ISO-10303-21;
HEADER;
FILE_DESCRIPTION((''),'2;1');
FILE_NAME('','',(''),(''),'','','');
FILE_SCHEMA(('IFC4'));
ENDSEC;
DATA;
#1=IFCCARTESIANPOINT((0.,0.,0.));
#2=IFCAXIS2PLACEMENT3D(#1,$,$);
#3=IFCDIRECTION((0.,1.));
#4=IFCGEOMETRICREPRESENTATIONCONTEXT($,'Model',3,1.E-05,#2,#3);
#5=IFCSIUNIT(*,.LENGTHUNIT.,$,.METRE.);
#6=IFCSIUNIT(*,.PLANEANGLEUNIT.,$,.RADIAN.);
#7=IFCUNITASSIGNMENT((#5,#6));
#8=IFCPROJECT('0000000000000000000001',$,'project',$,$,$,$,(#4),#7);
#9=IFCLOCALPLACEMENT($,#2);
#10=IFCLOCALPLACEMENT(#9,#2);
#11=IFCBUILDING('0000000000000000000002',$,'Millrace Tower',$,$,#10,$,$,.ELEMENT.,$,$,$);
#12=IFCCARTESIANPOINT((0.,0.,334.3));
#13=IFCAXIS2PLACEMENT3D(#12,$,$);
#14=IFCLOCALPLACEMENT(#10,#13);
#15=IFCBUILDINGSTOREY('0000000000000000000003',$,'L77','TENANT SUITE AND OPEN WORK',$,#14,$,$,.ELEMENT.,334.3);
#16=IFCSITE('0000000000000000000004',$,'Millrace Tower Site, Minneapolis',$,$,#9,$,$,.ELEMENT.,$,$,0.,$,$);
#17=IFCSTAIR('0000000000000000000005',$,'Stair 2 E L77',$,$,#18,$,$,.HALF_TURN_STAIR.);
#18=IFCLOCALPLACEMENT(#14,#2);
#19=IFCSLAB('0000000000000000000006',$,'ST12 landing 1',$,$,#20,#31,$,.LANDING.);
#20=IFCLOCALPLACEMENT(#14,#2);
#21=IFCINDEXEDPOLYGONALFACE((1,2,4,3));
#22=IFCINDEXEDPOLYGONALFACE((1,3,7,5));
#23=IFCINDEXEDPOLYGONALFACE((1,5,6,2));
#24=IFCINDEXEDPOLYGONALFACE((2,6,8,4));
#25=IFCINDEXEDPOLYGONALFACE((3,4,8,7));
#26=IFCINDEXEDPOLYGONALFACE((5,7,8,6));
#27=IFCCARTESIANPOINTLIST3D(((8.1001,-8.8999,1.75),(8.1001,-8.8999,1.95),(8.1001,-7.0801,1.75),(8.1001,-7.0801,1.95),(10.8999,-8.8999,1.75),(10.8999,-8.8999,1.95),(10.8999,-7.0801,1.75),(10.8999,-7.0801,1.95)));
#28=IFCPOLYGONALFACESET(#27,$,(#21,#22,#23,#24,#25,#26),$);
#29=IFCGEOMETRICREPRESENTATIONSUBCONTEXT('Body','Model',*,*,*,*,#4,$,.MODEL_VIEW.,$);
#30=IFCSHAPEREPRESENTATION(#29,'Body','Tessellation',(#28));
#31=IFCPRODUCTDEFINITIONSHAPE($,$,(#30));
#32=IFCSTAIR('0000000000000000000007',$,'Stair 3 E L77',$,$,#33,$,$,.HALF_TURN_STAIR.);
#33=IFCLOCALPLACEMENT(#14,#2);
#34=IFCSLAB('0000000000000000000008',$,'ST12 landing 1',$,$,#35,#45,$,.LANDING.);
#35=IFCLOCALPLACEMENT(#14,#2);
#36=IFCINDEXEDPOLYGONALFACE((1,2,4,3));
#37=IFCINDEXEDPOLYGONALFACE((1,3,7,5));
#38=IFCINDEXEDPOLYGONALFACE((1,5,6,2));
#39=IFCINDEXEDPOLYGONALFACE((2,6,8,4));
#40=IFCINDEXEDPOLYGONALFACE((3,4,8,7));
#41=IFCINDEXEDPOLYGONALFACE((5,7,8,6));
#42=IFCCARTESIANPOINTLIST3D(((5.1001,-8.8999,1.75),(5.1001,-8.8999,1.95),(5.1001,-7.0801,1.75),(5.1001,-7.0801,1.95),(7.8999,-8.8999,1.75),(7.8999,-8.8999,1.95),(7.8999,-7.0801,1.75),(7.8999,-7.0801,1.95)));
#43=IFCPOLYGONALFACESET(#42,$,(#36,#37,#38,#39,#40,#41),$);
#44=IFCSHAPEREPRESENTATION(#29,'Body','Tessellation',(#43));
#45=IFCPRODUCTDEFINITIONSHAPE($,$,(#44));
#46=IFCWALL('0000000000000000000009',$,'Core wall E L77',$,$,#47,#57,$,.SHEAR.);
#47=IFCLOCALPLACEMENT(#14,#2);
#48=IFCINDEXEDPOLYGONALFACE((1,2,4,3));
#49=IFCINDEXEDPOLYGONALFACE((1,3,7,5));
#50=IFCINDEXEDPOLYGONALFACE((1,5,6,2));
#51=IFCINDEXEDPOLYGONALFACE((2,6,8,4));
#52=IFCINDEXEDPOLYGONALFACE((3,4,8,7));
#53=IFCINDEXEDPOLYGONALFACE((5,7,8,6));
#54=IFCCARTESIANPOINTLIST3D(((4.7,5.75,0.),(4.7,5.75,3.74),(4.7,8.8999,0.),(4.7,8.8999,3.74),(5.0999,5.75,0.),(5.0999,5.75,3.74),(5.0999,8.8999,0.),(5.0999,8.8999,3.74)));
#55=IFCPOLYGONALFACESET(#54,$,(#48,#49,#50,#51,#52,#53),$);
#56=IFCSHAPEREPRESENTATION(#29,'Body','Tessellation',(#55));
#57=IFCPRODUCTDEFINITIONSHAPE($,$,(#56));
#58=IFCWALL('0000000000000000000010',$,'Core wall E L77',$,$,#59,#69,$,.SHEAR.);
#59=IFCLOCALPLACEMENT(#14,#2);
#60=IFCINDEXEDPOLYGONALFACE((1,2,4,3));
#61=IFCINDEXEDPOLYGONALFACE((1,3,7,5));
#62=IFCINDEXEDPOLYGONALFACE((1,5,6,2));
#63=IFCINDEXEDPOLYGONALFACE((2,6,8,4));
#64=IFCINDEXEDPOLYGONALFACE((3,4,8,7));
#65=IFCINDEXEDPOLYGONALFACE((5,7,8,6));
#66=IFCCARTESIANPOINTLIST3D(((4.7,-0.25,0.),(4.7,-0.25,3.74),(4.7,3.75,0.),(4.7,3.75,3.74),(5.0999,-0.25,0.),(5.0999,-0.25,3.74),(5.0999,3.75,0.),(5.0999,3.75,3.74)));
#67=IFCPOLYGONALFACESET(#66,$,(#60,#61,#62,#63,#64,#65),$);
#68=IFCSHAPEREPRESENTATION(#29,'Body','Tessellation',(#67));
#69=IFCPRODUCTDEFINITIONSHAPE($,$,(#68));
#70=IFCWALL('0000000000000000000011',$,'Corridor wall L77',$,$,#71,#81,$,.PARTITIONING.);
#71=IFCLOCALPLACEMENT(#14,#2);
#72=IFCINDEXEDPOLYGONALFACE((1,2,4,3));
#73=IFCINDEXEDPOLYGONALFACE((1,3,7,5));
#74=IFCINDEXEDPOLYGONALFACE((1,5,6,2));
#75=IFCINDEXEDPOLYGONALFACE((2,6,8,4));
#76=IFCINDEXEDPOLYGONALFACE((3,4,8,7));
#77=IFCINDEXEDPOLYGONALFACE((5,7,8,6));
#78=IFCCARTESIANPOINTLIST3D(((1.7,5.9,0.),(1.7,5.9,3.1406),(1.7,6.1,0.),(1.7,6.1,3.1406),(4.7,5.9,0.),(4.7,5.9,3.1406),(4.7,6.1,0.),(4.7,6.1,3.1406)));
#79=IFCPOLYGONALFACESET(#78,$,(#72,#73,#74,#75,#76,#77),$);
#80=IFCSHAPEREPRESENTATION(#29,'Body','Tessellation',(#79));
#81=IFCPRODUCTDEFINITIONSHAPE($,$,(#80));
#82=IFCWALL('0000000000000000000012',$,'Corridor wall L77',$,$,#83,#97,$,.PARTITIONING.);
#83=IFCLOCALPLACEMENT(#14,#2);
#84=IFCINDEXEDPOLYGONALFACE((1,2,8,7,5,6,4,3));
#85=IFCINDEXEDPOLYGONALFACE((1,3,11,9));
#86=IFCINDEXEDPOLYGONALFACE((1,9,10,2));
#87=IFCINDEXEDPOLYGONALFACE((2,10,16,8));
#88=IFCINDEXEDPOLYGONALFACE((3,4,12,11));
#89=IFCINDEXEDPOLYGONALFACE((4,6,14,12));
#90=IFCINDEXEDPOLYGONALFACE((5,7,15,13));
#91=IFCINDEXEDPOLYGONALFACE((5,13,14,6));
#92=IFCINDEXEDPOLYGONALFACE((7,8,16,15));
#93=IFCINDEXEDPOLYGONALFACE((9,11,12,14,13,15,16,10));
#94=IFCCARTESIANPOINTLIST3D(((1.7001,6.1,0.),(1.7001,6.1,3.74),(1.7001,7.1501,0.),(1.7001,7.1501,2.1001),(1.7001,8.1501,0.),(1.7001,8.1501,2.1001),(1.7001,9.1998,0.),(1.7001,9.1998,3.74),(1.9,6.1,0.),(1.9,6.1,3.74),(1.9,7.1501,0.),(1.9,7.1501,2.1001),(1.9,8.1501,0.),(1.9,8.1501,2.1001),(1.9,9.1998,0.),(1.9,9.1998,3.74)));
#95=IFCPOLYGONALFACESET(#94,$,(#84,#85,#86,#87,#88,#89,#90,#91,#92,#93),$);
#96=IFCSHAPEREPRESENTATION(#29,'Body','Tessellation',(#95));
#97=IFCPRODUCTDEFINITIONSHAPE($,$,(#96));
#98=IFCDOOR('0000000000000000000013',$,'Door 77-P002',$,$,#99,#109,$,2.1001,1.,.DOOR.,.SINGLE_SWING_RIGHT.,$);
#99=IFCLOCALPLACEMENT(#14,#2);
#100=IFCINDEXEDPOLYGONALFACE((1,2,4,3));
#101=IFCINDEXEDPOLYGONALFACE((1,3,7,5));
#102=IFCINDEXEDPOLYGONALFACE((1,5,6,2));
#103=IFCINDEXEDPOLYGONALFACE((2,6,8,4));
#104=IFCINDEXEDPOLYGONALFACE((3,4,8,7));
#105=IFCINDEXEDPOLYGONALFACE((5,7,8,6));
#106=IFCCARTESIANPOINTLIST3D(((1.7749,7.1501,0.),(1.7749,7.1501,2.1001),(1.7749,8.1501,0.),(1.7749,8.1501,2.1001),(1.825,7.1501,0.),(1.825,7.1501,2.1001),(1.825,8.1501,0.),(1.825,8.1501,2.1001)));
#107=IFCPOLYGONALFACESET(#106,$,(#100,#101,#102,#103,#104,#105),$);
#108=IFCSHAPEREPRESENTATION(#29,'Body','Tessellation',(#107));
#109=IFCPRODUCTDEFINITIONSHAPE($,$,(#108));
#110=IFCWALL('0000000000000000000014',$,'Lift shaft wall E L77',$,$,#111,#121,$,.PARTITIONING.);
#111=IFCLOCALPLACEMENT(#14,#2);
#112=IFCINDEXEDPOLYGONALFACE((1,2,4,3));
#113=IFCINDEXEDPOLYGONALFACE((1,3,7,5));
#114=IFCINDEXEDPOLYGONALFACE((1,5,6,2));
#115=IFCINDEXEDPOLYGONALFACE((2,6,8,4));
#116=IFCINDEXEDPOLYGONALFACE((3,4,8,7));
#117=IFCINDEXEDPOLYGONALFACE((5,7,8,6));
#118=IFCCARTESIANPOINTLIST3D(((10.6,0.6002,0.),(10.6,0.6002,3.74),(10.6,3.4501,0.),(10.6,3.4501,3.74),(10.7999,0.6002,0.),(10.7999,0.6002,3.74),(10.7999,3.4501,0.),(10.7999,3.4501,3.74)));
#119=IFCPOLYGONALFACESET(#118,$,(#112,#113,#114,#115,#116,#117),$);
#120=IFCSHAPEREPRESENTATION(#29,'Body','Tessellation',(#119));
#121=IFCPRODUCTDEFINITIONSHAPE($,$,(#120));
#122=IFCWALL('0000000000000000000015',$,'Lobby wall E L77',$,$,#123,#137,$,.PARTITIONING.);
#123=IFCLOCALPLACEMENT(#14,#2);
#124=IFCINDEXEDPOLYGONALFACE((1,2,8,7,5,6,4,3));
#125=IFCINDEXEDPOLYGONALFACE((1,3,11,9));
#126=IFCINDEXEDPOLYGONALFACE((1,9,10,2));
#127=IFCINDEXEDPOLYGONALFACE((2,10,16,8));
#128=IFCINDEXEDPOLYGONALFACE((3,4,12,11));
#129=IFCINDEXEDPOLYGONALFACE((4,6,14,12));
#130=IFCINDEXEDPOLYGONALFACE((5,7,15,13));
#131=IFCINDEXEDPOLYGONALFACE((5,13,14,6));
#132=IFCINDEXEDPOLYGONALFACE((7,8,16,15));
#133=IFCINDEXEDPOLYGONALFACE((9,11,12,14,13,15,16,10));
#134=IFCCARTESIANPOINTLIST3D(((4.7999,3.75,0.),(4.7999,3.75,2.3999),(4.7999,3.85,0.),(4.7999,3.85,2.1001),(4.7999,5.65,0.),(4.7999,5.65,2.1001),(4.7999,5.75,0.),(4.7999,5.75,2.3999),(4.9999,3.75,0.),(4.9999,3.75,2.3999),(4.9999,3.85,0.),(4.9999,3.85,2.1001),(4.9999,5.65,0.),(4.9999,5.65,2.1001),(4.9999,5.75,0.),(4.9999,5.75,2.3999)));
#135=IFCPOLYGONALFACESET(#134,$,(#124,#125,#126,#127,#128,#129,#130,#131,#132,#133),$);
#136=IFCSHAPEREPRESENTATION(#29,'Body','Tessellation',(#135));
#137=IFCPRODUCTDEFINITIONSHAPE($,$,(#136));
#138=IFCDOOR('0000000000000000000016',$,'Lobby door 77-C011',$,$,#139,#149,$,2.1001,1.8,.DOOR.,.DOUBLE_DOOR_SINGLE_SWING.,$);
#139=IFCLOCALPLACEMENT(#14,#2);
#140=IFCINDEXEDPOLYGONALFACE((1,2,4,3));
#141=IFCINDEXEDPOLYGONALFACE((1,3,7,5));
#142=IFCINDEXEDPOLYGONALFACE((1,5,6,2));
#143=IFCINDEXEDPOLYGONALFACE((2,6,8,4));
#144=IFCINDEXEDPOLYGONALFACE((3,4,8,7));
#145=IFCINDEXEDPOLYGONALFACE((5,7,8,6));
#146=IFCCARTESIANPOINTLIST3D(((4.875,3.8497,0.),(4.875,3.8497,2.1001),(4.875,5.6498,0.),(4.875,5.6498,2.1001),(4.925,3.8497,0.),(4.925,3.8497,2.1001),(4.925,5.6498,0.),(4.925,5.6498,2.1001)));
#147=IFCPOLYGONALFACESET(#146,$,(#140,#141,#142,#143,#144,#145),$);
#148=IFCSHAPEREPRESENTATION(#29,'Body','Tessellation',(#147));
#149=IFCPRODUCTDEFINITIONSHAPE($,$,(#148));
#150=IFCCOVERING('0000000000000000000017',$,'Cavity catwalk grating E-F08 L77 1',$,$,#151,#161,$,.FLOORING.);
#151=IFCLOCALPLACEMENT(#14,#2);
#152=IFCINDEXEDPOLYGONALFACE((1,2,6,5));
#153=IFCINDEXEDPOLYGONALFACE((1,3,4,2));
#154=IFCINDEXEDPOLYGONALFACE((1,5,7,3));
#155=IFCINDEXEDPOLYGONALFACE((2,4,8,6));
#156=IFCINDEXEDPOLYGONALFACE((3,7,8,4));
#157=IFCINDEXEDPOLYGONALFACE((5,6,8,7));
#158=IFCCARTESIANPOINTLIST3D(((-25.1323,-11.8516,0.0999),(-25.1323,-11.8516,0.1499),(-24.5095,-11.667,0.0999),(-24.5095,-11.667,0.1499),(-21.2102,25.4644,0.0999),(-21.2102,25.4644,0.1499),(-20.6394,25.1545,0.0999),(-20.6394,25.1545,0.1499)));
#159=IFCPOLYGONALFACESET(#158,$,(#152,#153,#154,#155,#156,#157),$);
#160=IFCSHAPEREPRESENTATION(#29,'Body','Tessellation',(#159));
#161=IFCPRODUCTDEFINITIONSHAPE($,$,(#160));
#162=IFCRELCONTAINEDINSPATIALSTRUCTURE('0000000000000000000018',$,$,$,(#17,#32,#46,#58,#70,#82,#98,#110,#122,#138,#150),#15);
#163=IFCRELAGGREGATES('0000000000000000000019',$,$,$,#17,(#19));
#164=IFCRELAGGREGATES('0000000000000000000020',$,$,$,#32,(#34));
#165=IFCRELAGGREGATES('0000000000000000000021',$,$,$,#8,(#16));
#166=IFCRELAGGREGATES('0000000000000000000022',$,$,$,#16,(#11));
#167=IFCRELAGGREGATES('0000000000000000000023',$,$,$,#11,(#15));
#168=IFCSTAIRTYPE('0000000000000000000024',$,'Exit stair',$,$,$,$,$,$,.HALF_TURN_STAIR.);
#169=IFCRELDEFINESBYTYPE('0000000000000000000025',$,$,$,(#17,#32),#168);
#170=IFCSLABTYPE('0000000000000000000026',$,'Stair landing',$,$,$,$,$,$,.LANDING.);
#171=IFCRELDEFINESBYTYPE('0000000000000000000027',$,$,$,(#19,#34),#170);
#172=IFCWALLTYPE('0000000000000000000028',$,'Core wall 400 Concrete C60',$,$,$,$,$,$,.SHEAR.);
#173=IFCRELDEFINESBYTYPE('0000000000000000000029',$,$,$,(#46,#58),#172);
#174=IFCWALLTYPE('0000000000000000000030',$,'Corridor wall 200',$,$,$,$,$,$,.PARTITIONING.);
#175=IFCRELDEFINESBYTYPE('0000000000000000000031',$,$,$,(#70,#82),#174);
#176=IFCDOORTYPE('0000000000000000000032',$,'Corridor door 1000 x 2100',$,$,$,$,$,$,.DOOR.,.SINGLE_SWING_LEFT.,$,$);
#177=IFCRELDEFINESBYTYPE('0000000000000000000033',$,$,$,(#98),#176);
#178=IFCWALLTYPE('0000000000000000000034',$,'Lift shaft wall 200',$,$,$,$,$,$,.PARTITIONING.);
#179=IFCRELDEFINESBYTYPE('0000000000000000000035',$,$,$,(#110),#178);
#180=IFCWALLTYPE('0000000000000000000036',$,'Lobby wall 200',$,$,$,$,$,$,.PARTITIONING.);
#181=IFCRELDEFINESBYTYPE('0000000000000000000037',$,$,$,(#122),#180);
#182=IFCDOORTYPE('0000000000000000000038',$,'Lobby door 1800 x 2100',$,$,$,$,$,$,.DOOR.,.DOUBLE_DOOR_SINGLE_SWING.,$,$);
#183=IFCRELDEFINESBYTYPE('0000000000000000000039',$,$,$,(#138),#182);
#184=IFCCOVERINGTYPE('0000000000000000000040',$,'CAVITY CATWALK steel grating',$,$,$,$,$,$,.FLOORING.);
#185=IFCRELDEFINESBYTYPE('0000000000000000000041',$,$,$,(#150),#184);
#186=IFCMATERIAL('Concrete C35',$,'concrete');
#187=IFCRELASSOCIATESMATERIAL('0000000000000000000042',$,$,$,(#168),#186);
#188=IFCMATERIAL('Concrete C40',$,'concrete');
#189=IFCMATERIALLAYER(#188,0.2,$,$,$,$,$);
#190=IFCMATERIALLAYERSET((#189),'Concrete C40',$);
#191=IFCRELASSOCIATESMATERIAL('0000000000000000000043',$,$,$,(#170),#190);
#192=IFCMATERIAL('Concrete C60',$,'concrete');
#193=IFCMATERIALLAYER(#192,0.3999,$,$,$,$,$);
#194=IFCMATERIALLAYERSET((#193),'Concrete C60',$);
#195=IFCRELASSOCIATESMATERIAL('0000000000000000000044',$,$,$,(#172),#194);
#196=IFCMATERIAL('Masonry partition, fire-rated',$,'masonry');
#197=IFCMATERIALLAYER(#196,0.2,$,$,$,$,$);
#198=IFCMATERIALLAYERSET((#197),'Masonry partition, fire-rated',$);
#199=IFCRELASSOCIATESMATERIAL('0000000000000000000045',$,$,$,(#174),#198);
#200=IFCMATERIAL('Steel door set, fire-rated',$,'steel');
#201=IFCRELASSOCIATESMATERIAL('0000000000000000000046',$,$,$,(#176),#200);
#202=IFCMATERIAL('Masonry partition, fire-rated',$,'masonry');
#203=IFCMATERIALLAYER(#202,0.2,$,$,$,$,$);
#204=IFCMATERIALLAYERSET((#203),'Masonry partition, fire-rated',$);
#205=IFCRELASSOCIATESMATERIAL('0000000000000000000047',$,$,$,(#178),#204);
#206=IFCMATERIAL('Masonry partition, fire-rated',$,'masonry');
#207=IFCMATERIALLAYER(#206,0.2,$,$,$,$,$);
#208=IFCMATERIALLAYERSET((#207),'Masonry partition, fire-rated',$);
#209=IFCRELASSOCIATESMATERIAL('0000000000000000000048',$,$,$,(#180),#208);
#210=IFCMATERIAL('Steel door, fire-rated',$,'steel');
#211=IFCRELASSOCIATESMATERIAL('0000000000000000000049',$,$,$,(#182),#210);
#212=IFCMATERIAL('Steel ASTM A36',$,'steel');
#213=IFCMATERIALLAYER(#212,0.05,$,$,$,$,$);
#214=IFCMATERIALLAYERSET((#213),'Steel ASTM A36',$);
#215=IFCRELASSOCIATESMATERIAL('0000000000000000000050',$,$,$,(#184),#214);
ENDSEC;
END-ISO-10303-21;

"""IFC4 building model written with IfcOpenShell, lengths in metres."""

from ifc_helpers import new_model, si_unit, direction, frame, frame_2d, origin, place, context, subcontext, project, spatial, polyline, rectangle, outline, extrude, material, layer, layer_set, type_object, element, fill, aggregate, save


model = new_model("IFC4")

# Units and contexts
model_context = context("Model", 3, precision=1e-05, world=origin(), true_north=direction((0.0, 1.0)))
body_context = subcontext(model_context, "Body", "Model", "MODEL_VIEW")
ifc_project = project(units=[si_unit("LENGTHUNIT", "METRE"), si_unit("PLANEANGLEUNIT", "RADIAN")], contexts=[model_context])

# Site, building, storey
site_placement = place(None, origin())
site = spatial("IfcSite", under=ifc_project, at=site_placement, Name="Millrace Tower Site, Minneapolis", CompositionType="ELEMENT", RefElevation=0.0)
building_placement = place(site_placement, origin())
building = spatial("IfcBuilding", under=site, at=building_placement, Name="Millrace Tower", CompositionType="ELEMENT")
storey_placement = place(building_placement, frame((0.0, 0.0, 334.3)))
storey = spatial("IfcBuildingStorey", under=building, at=storey_placement, Name="L77", Description="TENANT SUITE AND OPEN WORK", CompositionType="ELEMENT", Elevation=334.3)

# Shared definitions
placement_1 = place(storey_placement, origin())

# Stairs, slabs
ifc_material_1 = material(Name="Concrete C35", Category="concrete")
stair_type = type_object("IfcStairType", Name="Exit stair", PredefinedType="HALF_TURN_STAIR", material=ifc_material_1)
ifc_material_2 = material(Name="Concrete C40", Category="concrete")
ifc_layer_1 = layer(ifc_material_2, 0.2)
ifc_layer_set_1 = layer_set([ifc_layer_1], Name="Concrete C40")
slab_type = type_object("IfcSlabType", Name="Stair landing", PredefinedType="LANDING", material=ifc_layer_set_1)
placement_2 = place(storey_placement, frame((0.0, 0.0, 1.75)))
stair_1 = element("IfcStair", 1, at=placement_1, inside=storey, type_object=stair_type, Name="Stair 2 E L77", PredefinedType="HALF_TURN_STAIR")
slab_1 = element("IfcSlab", 2, at=placement_2, type_object=slab_type, Name="ST12 landing 1", PredefinedType="LANDING", context=body_context, shape_type="SweptSolid", body=[
    extrude(outline(polyline([(8.1001, -8.8999), (10.8999, -8.8999), (10.8999, -7.0801), (8.1001, -7.0801), (8.1001, -8.8999)])), origin(), (0.0, 0.0, 1.0), 0.2),
])
aggregate(stair_1, [slab_1])
stair_2 = element("IfcStair", 3, at=placement_1, inside=storey, type_object=stair_type, Name="Stair 3 E L77", PredefinedType="HALF_TURN_STAIR")
slab_2 = element("IfcSlab", 4, at=placement_2, type_object=slab_type, Name="ST12 landing 1", PredefinedType="LANDING", context=body_context, shape_type="SweptSolid", body=[
    extrude(outline(polyline([(5.1001, -8.8999), (7.8999, -8.8999), (7.8999, -7.0801), (5.1001, -7.0801), (5.1001, -8.8999)])), origin(), (0.0, 0.0, 1.0), 0.2),
])
aggregate(stair_2, [slab_2])

# Walls
ifc_material_3 = material(Name="Concrete C60", Category="concrete")
ifc_layer_2 = layer(ifc_material_3, 0.3999)
ifc_layer_set_2 = layer_set([ifc_layer_2], Name="Concrete C60")
wall_type_1 = type_object("IfcWallType", Name="Core wall 400 Concrete C60", PredefinedType="SHEAR", material=ifc_layer_set_2)
wall_1_placement = place(storey_placement, frame((4.8999, 8.8999, 0.0), z_axis=(0.0, 0.0, 1.0), x_axis=(0.0, -1.0, 0.0)))
element("IfcWall", 5, at=wall_1_placement, inside=storey, type_object=wall_type_1, Name="Core wall E L77", PredefinedType="SHEAR", context=body_context, shape_type="SweptSolid", body=[
    extrude(rectangle(XDim=3.1499, YDim=0.3999, at=frame_2d((1.575, 0.0))), origin(), (0.0, 0.0, 1.0), 3.74),
])
wall_2_placement = place(storey_placement, frame((4.8999, 3.75, 0.0), z_axis=(0.0, 0.0, 1.0), x_axis=(0.0, -1.0, 0.0)))
element("IfcWall", 6, at=wall_2_placement, inside=storey, type_object=wall_type_1, Name="Core wall E L77", PredefinedType="SHEAR", context=body_context, shape_type="SweptSolid", body=[
    extrude(rectangle(XDim=4.0, YDim=0.3999, at=frame_2d((2.0, 0.0))), origin(), (0.0, 0.0, 1.0), 3.74),
])
ifc_material_4 = material(Name="Masonry partition, fire-rated", Category="masonry")
ifc_layer_3 = layer(ifc_material_4, 0.2)
ifc_layer_set_3 = layer_set([ifc_layer_3], Name="Masonry partition, fire-rated")
wall_type_2 = type_object("IfcWallType", Name="Corridor wall 200", PredefinedType="PARTITIONING", material=ifc_layer_set_3)
wall_3_placement = place(storey_placement, frame((1.7, 6.0, 0.0), z_axis=(0.0, 0.0, 1.0), x_axis=(1.0, 0.0, 0.0)))
element("IfcWall", 7, at=wall_3_placement, inside=storey, type_object=wall_type_2, Name="Corridor wall L77", PredefinedType="PARTITIONING", context=body_context, shape_type="SweptSolid", body=[
    extrude(rectangle(XDim=3.0, YDim=0.2, at=frame_2d((1.5, 0.0))), origin(), (0.0, 0.0, 1.0), 3.1406),
])

# Wall, opening, door
wall_4_placement = place(storey_placement, frame((1.8, 6.1001, 0.0), z_axis=(0.0, 0.0, 1.0), x_axis=(0.0, 1.0, 0.0)))
wall_4 = element("IfcWall", 8, at=wall_4_placement, inside=storey, type_object=wall_type_2, Name="Corridor wall L77", PredefinedType="PARTITIONING", context=body_context, shape_type="SweptSolid", body=[
    extrude(rectangle(XDim=3.0999, YDim=0.2, at=frame_2d((1.5498, 0.0))), origin(), (0.0, 0.0, 1.0), 3.74),
])
opening_1_placement = place(wall_4_placement, frame((1.05, 0.0, 0.0)))
opening_1 = element("IfcOpeningElement", 9, at=opening_1_placement, cuts=wall_4, PredefinedType="OPENING", context=body_context, shape_type="SweptSolid", body=[
    extrude(rectangle(XDim=1.0, YDim=2.1001, at=frame_2d((0.5, 1.05))), frame((0.0, 0.1099, 0.0), z_axis=(0.0, -1.0, 0.0), x_axis=(1.0, 0.0, 0.0)), (0.0, 0.0, 1.0), 0.22),
])
ifc_material_5 = material(Name="Steel door set, fire-rated", Category="steel")
door_type_1 = type_object("IfcDoorType", Name="Corridor door 1000 x 2100", OperationType="SINGLE_SWING_LEFT", PredefinedType="DOOR", material=ifc_material_5)
door_1_placement = place(opening_1_placement, frame((1.0, 0.0, 0.0), z_axis=(0.0, 0.0, 1.0), x_axis=(-1.0, 0.0, 0.0)))
door_1 = element("IfcDoor", 10, at=door_1_placement, inside=storey, type_object=door_type_1, Name="Door 77-P002", OperationType="SINGLE_SWING_RIGHT", OverallHeight=2.1001, OverallWidth=1.0, PredefinedType="DOOR", context=body_context, shape_type="SweptSolid", body=[
    extrude(rectangle(XDim=1.0, YDim=2.1001, at=frame_2d((0.5, 1.05))), frame((0.0, 0.0249, 0.0), z_axis=(0.0, -1.0, 0.0), x_axis=(1.0, 0.0, 0.0)), (0.0, 0.0, 1.0), 0.05),
])
fill(opening_1, door_1)

# Wall
ifc_material_6 = material(Name="Masonry partition, fire-rated", Category="masonry")
ifc_layer_4 = layer(ifc_material_6, 0.2)
ifc_layer_set_4 = layer_set([ifc_layer_4], Name="Masonry partition, fire-rated")
wall_type_3 = type_object("IfcWallType", Name="Lift shaft wall 200", PredefinedType="PARTITIONING", material=ifc_layer_set_4)
wall_5_placement = place(storey_placement, frame((10.7, 3.45, 0.0), z_axis=(0.0, 0.0, 1.0), x_axis=(0.0, -1.0, 0.0)))
element("IfcWall", 11, at=wall_5_placement, inside=storey, type_object=wall_type_3, Name="Lift shaft wall E L77", PredefinedType="PARTITIONING", context=body_context, shape_type="SweptSolid", body=[
    extrude(rectangle(XDim=2.8499, YDim=0.2, at=frame_2d((1.4248, 0.0))), origin(), (0.0, 0.0, 1.0), 3.74),
])

# Wall, opening, door
ifc_material_7 = material(Name="Masonry partition, fire-rated", Category="masonry")
ifc_layer_5 = layer(ifc_material_7, 0.2)
ifc_layer_set_5 = layer_set([ifc_layer_5], Name="Masonry partition, fire-rated")
wall_type_4 = type_object("IfcWallType", Name="Lobby wall 200", PredefinedType="PARTITIONING", material=ifc_layer_set_5)
wall_6_placement = place(storey_placement, frame((4.8999, 5.75, 0.0), z_axis=(0.0, 0.0, 1.0), x_axis=(0.0, -1.0, 0.0)))
wall_6 = element("IfcWall", 12, at=wall_6_placement, inside=storey, type_object=wall_type_4, Name="Lobby wall E L77", PredefinedType="PARTITIONING", context=body_context, shape_type="SweptSolid", body=[
    extrude(rectangle(XDim=2.0, YDim=0.2, at=frame_2d((1.0, 0.0))), origin(), (0.0, 0.0, 1.0), 2.3999),
])
opening_2_placement = place(wall_6_placement, frame((0.1001, 0.0, 0.0)))
opening_2 = element("IfcOpeningElement", 13, at=opening_2_placement, cuts=wall_6, PredefinedType="OPENING", context=body_context, shape_type="SweptSolid", body=[
    extrude(rectangle(XDim=1.8, YDim=2.1001, at=frame_2d((0.8999, 1.05))), frame((0.0, 0.1099, 0.0), z_axis=(0.0, -1.0, 0.0), x_axis=(1.0, 0.0, 0.0)), (0.0, 0.0, 1.0), 0.22),
])
ifc_material_8 = material(Name="Steel door, fire-rated", Category="steel")
door_type_2 = type_object("IfcDoorType", Name="Lobby door 1800 x 2100", OperationType="DOUBLE_DOOR_SINGLE_SWING", PredefinedType="DOOR", material=ifc_material_8)
door_2_placement = place(opening_2_placement, frame((1.8, 0.0, 0.0), z_axis=(0.0, 0.0, 1.0), x_axis=(-1.0, 0.0, 0.0)))
door_2 = element("IfcDoor", 14, at=door_2_placement, inside=storey, type_object=door_type_2, Name="Lobby door 77-C011", OperationType="DOUBLE_DOOR_SINGLE_SWING", OverallHeight=2.1001, OverallWidth=1.8, PredefinedType="DOOR", context=body_context, shape_type="SweptSolid", body=[
    extrude(rectangle(XDim=1.8, YDim=2.1001, at=frame_2d((0.8999, 1.05))), frame((0.0, 0.0249, 0.0), z_axis=(0.0, -1.0, 0.0), x_axis=(1.0, 0.0, 0.0)), (0.0, 0.0, 1.0), 0.05),
])
fill(opening_2, door_2)

# Covering
ifc_material_9 = material(Name="Steel ASTM A36", Category="steel")
ifc_layer_6 = layer(ifc_material_9, 0.05)
ifc_layer_set_6 = layer_set([ifc_layer_6], Name="Steel ASTM A36")
covering_type = type_object("IfcCoveringType", Name="CAVITY CATWALK steel grating", PredefinedType="FLOORING", material=ifc_layer_set_6)
covering_placement = place(storey_placement, frame((0.0, 0.0, 0.0999)))
element("IfcCovering", 15, at=covering_placement, inside=storey, type_object=covering_type, Name="Cavity catwalk grating E-F08 L77 1", PredefinedType="FLOORING", context=body_context, shape_type="SweptSolid", body=[
    extrude(outline(polyline([(-21.2102, 25.4644), (-25.1323, -11.8516), (-24.5095, -11.667), (-20.6394, 25.1545), (-21.2102, 25.4644)])), origin(), (0.0, 0.0, 1.0), 0.05),
])

save(model, "model.ifc")
